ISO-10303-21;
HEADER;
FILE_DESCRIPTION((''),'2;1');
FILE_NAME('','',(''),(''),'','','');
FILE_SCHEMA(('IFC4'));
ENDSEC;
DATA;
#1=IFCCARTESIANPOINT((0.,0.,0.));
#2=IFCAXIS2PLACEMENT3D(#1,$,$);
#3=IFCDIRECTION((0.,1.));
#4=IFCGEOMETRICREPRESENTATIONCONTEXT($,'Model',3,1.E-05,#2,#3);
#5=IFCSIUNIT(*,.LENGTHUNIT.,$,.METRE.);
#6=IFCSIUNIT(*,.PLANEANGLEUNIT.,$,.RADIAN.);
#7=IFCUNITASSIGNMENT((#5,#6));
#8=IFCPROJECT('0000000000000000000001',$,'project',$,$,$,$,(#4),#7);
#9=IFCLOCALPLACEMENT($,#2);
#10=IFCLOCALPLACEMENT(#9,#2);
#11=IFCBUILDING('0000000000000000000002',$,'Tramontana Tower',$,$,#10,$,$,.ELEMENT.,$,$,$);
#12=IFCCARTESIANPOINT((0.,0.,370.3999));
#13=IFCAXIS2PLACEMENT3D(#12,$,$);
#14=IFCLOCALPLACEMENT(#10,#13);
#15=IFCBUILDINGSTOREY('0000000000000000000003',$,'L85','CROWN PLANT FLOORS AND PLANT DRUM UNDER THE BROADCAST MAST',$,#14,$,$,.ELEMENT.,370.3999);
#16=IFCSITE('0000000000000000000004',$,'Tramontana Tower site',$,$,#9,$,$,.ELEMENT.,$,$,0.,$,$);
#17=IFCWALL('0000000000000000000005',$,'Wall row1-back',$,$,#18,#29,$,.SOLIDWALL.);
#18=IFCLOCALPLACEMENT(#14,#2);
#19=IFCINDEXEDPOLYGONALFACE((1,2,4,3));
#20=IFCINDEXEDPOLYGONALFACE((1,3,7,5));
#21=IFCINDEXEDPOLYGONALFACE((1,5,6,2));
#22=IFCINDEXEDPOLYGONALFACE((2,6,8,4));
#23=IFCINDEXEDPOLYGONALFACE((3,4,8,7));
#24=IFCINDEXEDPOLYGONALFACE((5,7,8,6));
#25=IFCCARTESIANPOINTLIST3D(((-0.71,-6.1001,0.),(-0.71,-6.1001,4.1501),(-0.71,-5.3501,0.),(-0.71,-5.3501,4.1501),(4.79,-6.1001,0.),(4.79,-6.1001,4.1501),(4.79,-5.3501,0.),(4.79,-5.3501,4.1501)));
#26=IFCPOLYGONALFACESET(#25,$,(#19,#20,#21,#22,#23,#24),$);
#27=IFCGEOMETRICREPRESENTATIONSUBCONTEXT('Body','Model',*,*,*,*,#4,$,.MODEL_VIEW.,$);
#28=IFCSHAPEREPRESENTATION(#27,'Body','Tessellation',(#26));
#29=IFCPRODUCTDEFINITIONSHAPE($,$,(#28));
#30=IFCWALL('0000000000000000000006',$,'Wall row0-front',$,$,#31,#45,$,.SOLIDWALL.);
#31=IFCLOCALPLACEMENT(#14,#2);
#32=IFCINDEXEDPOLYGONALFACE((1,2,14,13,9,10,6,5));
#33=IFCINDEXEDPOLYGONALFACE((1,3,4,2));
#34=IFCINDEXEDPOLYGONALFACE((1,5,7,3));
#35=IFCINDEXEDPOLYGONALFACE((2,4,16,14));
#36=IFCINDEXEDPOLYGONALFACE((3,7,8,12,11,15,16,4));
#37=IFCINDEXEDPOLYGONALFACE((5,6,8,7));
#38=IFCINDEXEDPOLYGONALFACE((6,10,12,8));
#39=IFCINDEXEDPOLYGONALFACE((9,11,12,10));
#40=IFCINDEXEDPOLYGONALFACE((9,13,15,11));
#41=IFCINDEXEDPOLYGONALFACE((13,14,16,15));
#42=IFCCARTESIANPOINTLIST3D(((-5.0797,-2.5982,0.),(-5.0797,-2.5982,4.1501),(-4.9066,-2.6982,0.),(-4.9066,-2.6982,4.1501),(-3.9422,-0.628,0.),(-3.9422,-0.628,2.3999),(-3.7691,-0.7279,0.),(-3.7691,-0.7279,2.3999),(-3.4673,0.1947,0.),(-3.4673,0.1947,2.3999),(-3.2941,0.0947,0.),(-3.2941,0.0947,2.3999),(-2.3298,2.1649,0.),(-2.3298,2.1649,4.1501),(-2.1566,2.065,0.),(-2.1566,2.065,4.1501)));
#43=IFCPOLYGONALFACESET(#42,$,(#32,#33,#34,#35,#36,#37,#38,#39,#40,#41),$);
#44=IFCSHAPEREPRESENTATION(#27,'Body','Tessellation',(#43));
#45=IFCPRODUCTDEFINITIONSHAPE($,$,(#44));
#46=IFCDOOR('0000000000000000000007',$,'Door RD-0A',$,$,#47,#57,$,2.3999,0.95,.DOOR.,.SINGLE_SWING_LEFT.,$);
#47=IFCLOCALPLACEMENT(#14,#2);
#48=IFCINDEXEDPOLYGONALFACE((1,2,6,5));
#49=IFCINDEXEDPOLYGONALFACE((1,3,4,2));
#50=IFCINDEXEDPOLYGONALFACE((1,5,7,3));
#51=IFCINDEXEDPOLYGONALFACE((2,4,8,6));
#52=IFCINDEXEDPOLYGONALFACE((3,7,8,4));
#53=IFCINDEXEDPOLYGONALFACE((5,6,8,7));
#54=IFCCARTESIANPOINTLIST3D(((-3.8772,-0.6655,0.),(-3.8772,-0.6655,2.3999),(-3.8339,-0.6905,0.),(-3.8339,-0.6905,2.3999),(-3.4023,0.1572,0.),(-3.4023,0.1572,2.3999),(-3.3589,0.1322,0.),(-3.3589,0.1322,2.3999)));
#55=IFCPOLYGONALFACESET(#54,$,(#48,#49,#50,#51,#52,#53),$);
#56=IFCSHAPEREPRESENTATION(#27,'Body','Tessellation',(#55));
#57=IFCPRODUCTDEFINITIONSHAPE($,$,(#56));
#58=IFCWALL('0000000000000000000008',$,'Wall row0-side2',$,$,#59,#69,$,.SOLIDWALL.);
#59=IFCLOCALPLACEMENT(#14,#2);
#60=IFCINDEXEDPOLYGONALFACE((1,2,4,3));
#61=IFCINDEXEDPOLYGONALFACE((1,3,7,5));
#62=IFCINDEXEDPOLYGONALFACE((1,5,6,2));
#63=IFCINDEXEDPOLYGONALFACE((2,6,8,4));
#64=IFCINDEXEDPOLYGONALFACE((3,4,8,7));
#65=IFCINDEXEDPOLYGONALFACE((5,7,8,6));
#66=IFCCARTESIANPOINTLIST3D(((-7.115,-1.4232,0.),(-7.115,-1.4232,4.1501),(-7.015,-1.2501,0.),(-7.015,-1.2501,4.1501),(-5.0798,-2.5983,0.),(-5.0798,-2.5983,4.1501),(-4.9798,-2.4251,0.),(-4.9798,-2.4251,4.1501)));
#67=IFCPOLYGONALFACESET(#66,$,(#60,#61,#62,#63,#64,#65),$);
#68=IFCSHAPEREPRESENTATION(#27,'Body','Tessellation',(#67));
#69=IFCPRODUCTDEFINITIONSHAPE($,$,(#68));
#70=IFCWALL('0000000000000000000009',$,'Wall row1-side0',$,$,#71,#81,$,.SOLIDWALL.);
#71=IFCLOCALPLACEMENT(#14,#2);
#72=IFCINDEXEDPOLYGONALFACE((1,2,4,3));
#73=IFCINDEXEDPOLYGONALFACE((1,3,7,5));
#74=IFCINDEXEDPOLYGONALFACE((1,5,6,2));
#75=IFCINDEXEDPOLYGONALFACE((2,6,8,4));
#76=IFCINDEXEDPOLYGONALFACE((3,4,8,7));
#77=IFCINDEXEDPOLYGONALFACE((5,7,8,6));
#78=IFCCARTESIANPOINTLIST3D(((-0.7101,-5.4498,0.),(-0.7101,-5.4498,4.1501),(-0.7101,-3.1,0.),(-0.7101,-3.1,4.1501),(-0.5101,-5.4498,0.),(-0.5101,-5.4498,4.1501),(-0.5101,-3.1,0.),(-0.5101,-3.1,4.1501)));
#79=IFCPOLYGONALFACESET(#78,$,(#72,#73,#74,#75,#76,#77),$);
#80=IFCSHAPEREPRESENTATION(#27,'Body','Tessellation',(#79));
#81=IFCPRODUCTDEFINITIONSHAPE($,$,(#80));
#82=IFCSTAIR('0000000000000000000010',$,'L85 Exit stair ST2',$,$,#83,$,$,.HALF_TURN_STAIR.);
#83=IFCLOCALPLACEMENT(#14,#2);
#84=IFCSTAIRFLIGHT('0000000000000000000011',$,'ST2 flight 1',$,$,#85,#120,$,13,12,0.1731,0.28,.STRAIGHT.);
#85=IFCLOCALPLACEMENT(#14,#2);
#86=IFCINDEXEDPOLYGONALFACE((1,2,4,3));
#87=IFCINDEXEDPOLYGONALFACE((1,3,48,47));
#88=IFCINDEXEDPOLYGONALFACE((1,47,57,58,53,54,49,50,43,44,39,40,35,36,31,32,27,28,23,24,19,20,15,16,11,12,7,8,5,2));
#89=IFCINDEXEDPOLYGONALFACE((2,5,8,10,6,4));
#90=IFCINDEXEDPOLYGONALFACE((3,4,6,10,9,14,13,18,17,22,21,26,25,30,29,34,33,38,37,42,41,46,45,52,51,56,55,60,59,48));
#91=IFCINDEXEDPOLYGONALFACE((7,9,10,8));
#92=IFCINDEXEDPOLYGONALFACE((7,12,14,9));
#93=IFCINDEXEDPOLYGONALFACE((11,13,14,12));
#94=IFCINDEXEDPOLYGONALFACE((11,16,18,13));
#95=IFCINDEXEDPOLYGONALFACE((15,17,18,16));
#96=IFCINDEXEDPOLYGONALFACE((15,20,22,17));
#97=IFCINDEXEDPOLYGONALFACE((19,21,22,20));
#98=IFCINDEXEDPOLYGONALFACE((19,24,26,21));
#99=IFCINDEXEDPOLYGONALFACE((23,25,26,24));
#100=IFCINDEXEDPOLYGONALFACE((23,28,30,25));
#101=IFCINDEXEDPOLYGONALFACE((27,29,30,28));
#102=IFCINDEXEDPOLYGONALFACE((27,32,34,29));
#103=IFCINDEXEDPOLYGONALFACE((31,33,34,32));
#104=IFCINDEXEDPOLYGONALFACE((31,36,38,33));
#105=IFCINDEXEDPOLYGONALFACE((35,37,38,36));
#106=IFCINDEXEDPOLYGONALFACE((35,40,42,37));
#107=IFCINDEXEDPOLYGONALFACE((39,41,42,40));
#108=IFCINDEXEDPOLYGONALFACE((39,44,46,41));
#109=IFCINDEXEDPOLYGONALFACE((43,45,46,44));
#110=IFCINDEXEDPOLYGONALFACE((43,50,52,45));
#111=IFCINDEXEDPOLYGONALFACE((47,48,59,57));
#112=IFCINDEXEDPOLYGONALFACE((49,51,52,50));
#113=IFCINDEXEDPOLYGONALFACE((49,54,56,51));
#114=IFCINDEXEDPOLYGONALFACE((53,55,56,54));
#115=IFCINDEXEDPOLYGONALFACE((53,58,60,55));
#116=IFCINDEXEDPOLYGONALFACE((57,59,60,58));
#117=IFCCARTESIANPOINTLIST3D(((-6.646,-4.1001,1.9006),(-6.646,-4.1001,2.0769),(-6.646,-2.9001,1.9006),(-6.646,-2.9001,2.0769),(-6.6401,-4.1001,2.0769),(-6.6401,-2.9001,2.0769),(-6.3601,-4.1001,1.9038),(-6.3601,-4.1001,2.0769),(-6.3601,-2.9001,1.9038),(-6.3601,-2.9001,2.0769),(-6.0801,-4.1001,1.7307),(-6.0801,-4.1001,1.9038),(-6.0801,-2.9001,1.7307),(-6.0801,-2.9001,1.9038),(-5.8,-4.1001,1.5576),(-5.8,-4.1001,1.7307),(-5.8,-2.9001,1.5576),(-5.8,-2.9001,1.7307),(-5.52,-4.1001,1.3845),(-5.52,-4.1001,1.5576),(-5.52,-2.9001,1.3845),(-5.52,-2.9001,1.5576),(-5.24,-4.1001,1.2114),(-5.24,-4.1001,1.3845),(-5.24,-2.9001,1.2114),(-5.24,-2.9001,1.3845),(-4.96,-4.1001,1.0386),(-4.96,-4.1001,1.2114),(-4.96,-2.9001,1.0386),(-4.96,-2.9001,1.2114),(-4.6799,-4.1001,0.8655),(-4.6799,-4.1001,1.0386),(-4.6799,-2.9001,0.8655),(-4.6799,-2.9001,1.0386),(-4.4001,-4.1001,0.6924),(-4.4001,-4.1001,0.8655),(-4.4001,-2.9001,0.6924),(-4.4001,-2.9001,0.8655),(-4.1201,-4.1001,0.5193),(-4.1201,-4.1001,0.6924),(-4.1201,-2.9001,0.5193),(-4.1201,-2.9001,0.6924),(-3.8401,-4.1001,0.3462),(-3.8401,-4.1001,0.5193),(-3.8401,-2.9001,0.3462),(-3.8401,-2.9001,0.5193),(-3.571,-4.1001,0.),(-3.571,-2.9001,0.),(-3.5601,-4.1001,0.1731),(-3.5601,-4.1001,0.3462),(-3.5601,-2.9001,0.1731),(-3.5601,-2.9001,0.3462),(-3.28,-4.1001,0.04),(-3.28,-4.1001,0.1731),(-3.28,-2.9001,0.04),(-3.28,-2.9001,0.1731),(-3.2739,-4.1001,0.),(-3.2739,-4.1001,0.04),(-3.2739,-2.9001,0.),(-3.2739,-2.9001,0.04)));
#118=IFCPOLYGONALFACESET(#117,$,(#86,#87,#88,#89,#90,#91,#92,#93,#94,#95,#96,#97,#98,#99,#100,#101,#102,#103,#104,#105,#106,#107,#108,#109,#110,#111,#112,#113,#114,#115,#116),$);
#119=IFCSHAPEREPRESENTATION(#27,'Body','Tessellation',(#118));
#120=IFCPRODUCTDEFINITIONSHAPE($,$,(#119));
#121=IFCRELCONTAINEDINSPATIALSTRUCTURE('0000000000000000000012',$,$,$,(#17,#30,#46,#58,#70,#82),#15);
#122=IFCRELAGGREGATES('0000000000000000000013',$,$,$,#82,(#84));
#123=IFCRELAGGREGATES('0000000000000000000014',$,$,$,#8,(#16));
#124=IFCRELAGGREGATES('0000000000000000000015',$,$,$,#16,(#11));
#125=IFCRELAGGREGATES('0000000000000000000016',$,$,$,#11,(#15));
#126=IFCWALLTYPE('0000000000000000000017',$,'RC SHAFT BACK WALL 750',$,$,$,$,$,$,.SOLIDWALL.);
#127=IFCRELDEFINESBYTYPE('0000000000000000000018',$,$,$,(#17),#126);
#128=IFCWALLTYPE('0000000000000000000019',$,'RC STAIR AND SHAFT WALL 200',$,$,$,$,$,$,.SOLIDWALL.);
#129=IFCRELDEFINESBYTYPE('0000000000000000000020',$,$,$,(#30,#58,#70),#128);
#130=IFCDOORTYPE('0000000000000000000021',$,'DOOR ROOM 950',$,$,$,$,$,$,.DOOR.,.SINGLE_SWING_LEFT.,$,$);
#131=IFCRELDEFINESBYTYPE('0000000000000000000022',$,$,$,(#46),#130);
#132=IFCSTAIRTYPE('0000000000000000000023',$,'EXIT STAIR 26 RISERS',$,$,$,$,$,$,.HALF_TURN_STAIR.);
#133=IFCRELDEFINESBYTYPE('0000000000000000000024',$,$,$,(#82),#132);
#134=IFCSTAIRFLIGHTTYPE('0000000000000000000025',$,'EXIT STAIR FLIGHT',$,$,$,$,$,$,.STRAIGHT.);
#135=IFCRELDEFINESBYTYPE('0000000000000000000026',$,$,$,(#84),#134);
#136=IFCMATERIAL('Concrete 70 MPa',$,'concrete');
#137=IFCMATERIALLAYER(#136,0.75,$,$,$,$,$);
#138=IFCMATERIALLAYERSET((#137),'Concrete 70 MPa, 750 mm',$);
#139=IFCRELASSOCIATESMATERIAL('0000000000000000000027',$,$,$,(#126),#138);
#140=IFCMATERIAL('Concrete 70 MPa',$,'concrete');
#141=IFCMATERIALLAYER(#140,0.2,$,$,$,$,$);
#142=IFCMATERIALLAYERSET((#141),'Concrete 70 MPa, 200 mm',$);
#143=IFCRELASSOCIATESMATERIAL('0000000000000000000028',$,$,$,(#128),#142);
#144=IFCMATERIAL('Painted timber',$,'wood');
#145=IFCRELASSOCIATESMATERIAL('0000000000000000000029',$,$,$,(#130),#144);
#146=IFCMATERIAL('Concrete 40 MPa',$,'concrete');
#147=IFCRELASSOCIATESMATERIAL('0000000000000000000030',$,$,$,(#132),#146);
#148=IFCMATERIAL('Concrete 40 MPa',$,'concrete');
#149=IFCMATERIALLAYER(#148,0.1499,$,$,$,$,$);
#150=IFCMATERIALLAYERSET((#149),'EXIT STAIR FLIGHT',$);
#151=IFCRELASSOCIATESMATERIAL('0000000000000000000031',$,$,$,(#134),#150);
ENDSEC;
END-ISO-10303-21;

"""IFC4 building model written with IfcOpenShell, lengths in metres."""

from ifc_helpers import new_model, si_unit, direction, frame, frame_2d, origin, place, context, subcontext, project, spatial, polyline, rectangle, outline, extrude, material, layer, layer_set, type_object, element, fill, aggregate, save


model = new_model("IFC4")

# Units and contexts
model_context = context("Model", 3, precision=1e-05, world=origin(), true_north=direction((0.0, 1.0)))
body_context = subcontext(model_context, "Body", "Model", "MODEL_VIEW")
ifc_project = project(units=[si_unit("LENGTHUNIT", "METRE"), si_unit("PLANEANGLEUNIT", "RADIAN")], contexts=[model_context])

# Site, building, storey
site_placement = place(None, origin())
site = spatial("IfcSite", under=ifc_project, at=site_placement, Name="Tramontana Tower site", CompositionType="ELEMENT", RefElevation=0.0)
building_placement = place(site_placement, origin())
building = spatial("IfcBuilding", under=site, at=building_placement, Name="Tramontana Tower", CompositionType="ELEMENT")
storey_placement = place(building_placement, frame((0.0, 0.0, 370.3999)))
storey = spatial("IfcBuildingStorey", under=building, at=storey_placement, Name="L85", Description="CROWN PLANT FLOORS AND PLANT DRUM UNDER THE BROADCAST MAST", CompositionType="ELEMENT", Elevation=370.3999)

# Wall
ifc_material_1 = material(Name="Concrete 70 MPa", Category="concrete")
ifc_layer_1 = layer(ifc_material_1, 0.75)
ifc_layer_set_1 = layer_set([ifc_layer_1], Name="Concrete 70 MPa, 750 mm")
wall_type_1 = type_object("IfcWallType", Name="RC SHAFT BACK WALL 750", PredefinedType="SOLIDWALL", material=ifc_layer_set_1)
wall_1_placement = place(storey_placement, frame((-0.71, -5.7251, 0.0), z_axis=(0.0, 0.0, 1.0), x_axis=(1.0, 0.0, 0.0)))
element("IfcWall", 1, at=wall_1_placement, inside=storey, type_object=wall_type_1, Name="Wall row1-back", PredefinedType="SOLIDWALL", context=body_context, shape_type="SweptSolid", body=[
    extrude(rectangle(XDim=5.5, YDim=0.75, at=frame_2d((2.75, 0.0))), origin(), (0.0, 0.0, 1.0), 4.1501),
])

# Wall, opening, door
ifc_material_2 = material(Name="Concrete 70 MPa", Category="concrete")
ifc_layer_2 = layer(ifc_material_2, 0.2)
ifc_layer_set_2 = layer_set([ifc_layer_2], Name="Concrete 70 MPa, 200 mm")
wall_type_2 = type_object("IfcWallType", Name="RC STAIR AND SHAFT WALL 200", PredefinedType="SOLIDWALL", material=ifc_layer_set_2)
wall_2_placement = place(storey_placement, frame((-4.9932, -2.6482, 0.0), z_axis=(0.0, 0.0, 1.0), x_axis=(0.499997, 0.866027, 0.0)))
wall_2 = element("IfcWall", 2, at=wall_2_placement, inside=storey, type_object=wall_type_2, Name="Wall row0-front", PredefinedType="SOLIDWALL", context=body_context, shape_type="SweptSolid", body=[
    extrude(rectangle(XDim=5.5, YDim=0.2, at=frame_2d((2.75, 0.0))), origin(), (0.0, 0.0, 1.0), 4.1501),
])
opening_1_placement = place(wall_2_placement, frame((2.2749, 0.0, 0.0)))
opening_1 = element("IfcOpeningElement", 3, at=opening_1_placement, cuts=wall_2, PredefinedType="OPENING", context=body_context, shape_type="SweptSolid", body=[
    extrude(rectangle(XDim=0.95, YDim=2.3999, at=frame_2d((0.4751, 1.2))), frame((0.0, 0.1099, 0.0), z_axis=(0.0, -1.0, 0.0), x_axis=(1.0, 0.0, 0.0)), (0.0, 0.0, 1.0), 0.22),
])
ifc_material_3 = material(Name="Painted timber", Category="wood")
door_type_1 = type_object("IfcDoorType", Name="DOOR ROOM 950", OperationType="SINGLE_SWING_LEFT", PredefinedType="DOOR", material=ifc_material_3)
door_1_placement = place(opening_1_placement, origin())
door_1 = element("IfcDoor", 4, at=door_1_placement, inside=storey, type_object=door_type_1, Name="Door RD-0A", OperationType="SINGLE_SWING_LEFT", OverallHeight=2.3999, OverallWidth=0.95, PredefinedType="DOOR", context=body_context, shape_type="SweptSolid", body=[
    extrude(rectangle(XDim=0.95, YDim=2.3999, at=frame_2d((0.4751, 1.2))), frame((0.0, 0.0249, 0.0), z_axis=(0.0, -1.0, 0.0), x_axis=(1.0, 0.0, 0.0)), (0.0, 0.0, 1.0), 0.05),
])
fill(opening_1, door_1)

# Walls
wall_3_placement = place(storey_placement, frame((-5.0298, -2.5117, 0.0), z_axis=(0.0, 0.0, 1.0), x_axis=(-0.866016, 0.500016, 0.0)))
element("IfcWall", 5, at=wall_3_placement, inside=storey, type_object=wall_type_2, Name="Wall row0-side2", PredefinedType="SOLIDWALL", context=body_context, shape_type="SweptSolid", body=[
    extrude(rectangle(XDim=2.3501, YDim=0.2, at=frame_2d((1.175, 0.0))), origin(), (0.0, 0.0, 1.0), 4.1501),
])
wall_4_placement = place(storey_placement, frame((-0.6101, -3.1001, 0.0), z_axis=(0.0, 0.0, 1.0), x_axis=(0.0, -1.0, 0.0)))
element("IfcWall", 6, at=wall_4_placement, inside=storey, type_object=wall_type_2, Name="Wall row1-side0", PredefinedType="SOLIDWALL", context=body_context, shape_type="SweptSolid", body=[
    extrude(rectangle(XDim=2.3499, YDim=0.2, at=frame_2d((1.1748, 0.0))), origin(), (0.0, 0.0, 1.0), 4.1501),
])

# Stair, stair flight
ifc_material_4 = material(Name="Concrete 40 MPa", Category="concrete")
stair_type = type_object("IfcStairType", Name="EXIT STAIR 26 RISERS", PredefinedType="HALF_TURN_STAIR", material=ifc_material_4)
stair_placement = place(storey_placement, origin())
stair = element("IfcStair", 7, at=stair_placement, inside=storey, type_object=stair_type, Name="L85 Exit stair ST2", PredefinedType="HALF_TURN_STAIR")
ifc_material_5 = material(Name="Concrete 40 MPa", Category="concrete")
ifc_layer_3 = layer(ifc_material_5, 0.1499)
ifc_layer_set_3 = layer_set([ifc_layer_3], Name="EXIT STAIR FLIGHT")
stair_flight_type = type_object("IfcStairFlightType", Name="EXIT STAIR FLIGHT", PredefinedType="STRAIGHT", material=ifc_layer_set_3)
stair_flight_placement = place(storey_placement, frame((-3.28, -3.5, 0.0), z_axis=(0.0, 0.0, 1.0), x_axis=(-1.0, 0.0, 0.0)))
stair_flight = element("IfcStairFlight", 8, at=stair_flight_placement, type_object=stair_flight_type, Name="ST2 flight 1", NumberOfRisers=13, NumberOfTreads=12, PredefinedType="STRAIGHT", RiserHeight=0.1731, TreadLength=0.28, context=body_context, shape_type="SweptSolid", body=[
    extrude(outline(polyline([(-0.0061, 0.0), (-0.0061, 0.04), (0.0, 0.04), (0.0, 0.1731), (0.28, 0.1731), (0.28, 0.3462), (0.5601, 0.3462), (0.5601, 0.5193), (0.8401, 0.5193), (0.8401, 0.6924), (1.1201, 0.6924), (1.1201, 0.8655), (1.3999, 0.8655), (1.3999, 1.0386), (1.6799, 1.0386), (1.6799, 1.2114), (1.96, 1.2114), (1.96, 1.3845), (2.24, 1.3845), (2.24, 1.5576), (2.52, 1.5576), (2.52, 1.7307), (2.8, 1.7307), (2.8, 1.9038), (3.0801, 1.9038), (3.0801, 2.0769), (3.3601, 2.0769), (3.366, 2.0769), (3.366, 1.9006), (0.291, 0.0), (-0.0061, 0.0)])), frame((0.0, 0.6001, 0.0), z_axis=(0.0, -1.0, 0.0), x_axis=(1.0, 0.0, 0.0)), (0.0, 0.0, 1.0), 1.2),
])
aggregate(stair, [stair_flight])

save(model, "model.ifc")
